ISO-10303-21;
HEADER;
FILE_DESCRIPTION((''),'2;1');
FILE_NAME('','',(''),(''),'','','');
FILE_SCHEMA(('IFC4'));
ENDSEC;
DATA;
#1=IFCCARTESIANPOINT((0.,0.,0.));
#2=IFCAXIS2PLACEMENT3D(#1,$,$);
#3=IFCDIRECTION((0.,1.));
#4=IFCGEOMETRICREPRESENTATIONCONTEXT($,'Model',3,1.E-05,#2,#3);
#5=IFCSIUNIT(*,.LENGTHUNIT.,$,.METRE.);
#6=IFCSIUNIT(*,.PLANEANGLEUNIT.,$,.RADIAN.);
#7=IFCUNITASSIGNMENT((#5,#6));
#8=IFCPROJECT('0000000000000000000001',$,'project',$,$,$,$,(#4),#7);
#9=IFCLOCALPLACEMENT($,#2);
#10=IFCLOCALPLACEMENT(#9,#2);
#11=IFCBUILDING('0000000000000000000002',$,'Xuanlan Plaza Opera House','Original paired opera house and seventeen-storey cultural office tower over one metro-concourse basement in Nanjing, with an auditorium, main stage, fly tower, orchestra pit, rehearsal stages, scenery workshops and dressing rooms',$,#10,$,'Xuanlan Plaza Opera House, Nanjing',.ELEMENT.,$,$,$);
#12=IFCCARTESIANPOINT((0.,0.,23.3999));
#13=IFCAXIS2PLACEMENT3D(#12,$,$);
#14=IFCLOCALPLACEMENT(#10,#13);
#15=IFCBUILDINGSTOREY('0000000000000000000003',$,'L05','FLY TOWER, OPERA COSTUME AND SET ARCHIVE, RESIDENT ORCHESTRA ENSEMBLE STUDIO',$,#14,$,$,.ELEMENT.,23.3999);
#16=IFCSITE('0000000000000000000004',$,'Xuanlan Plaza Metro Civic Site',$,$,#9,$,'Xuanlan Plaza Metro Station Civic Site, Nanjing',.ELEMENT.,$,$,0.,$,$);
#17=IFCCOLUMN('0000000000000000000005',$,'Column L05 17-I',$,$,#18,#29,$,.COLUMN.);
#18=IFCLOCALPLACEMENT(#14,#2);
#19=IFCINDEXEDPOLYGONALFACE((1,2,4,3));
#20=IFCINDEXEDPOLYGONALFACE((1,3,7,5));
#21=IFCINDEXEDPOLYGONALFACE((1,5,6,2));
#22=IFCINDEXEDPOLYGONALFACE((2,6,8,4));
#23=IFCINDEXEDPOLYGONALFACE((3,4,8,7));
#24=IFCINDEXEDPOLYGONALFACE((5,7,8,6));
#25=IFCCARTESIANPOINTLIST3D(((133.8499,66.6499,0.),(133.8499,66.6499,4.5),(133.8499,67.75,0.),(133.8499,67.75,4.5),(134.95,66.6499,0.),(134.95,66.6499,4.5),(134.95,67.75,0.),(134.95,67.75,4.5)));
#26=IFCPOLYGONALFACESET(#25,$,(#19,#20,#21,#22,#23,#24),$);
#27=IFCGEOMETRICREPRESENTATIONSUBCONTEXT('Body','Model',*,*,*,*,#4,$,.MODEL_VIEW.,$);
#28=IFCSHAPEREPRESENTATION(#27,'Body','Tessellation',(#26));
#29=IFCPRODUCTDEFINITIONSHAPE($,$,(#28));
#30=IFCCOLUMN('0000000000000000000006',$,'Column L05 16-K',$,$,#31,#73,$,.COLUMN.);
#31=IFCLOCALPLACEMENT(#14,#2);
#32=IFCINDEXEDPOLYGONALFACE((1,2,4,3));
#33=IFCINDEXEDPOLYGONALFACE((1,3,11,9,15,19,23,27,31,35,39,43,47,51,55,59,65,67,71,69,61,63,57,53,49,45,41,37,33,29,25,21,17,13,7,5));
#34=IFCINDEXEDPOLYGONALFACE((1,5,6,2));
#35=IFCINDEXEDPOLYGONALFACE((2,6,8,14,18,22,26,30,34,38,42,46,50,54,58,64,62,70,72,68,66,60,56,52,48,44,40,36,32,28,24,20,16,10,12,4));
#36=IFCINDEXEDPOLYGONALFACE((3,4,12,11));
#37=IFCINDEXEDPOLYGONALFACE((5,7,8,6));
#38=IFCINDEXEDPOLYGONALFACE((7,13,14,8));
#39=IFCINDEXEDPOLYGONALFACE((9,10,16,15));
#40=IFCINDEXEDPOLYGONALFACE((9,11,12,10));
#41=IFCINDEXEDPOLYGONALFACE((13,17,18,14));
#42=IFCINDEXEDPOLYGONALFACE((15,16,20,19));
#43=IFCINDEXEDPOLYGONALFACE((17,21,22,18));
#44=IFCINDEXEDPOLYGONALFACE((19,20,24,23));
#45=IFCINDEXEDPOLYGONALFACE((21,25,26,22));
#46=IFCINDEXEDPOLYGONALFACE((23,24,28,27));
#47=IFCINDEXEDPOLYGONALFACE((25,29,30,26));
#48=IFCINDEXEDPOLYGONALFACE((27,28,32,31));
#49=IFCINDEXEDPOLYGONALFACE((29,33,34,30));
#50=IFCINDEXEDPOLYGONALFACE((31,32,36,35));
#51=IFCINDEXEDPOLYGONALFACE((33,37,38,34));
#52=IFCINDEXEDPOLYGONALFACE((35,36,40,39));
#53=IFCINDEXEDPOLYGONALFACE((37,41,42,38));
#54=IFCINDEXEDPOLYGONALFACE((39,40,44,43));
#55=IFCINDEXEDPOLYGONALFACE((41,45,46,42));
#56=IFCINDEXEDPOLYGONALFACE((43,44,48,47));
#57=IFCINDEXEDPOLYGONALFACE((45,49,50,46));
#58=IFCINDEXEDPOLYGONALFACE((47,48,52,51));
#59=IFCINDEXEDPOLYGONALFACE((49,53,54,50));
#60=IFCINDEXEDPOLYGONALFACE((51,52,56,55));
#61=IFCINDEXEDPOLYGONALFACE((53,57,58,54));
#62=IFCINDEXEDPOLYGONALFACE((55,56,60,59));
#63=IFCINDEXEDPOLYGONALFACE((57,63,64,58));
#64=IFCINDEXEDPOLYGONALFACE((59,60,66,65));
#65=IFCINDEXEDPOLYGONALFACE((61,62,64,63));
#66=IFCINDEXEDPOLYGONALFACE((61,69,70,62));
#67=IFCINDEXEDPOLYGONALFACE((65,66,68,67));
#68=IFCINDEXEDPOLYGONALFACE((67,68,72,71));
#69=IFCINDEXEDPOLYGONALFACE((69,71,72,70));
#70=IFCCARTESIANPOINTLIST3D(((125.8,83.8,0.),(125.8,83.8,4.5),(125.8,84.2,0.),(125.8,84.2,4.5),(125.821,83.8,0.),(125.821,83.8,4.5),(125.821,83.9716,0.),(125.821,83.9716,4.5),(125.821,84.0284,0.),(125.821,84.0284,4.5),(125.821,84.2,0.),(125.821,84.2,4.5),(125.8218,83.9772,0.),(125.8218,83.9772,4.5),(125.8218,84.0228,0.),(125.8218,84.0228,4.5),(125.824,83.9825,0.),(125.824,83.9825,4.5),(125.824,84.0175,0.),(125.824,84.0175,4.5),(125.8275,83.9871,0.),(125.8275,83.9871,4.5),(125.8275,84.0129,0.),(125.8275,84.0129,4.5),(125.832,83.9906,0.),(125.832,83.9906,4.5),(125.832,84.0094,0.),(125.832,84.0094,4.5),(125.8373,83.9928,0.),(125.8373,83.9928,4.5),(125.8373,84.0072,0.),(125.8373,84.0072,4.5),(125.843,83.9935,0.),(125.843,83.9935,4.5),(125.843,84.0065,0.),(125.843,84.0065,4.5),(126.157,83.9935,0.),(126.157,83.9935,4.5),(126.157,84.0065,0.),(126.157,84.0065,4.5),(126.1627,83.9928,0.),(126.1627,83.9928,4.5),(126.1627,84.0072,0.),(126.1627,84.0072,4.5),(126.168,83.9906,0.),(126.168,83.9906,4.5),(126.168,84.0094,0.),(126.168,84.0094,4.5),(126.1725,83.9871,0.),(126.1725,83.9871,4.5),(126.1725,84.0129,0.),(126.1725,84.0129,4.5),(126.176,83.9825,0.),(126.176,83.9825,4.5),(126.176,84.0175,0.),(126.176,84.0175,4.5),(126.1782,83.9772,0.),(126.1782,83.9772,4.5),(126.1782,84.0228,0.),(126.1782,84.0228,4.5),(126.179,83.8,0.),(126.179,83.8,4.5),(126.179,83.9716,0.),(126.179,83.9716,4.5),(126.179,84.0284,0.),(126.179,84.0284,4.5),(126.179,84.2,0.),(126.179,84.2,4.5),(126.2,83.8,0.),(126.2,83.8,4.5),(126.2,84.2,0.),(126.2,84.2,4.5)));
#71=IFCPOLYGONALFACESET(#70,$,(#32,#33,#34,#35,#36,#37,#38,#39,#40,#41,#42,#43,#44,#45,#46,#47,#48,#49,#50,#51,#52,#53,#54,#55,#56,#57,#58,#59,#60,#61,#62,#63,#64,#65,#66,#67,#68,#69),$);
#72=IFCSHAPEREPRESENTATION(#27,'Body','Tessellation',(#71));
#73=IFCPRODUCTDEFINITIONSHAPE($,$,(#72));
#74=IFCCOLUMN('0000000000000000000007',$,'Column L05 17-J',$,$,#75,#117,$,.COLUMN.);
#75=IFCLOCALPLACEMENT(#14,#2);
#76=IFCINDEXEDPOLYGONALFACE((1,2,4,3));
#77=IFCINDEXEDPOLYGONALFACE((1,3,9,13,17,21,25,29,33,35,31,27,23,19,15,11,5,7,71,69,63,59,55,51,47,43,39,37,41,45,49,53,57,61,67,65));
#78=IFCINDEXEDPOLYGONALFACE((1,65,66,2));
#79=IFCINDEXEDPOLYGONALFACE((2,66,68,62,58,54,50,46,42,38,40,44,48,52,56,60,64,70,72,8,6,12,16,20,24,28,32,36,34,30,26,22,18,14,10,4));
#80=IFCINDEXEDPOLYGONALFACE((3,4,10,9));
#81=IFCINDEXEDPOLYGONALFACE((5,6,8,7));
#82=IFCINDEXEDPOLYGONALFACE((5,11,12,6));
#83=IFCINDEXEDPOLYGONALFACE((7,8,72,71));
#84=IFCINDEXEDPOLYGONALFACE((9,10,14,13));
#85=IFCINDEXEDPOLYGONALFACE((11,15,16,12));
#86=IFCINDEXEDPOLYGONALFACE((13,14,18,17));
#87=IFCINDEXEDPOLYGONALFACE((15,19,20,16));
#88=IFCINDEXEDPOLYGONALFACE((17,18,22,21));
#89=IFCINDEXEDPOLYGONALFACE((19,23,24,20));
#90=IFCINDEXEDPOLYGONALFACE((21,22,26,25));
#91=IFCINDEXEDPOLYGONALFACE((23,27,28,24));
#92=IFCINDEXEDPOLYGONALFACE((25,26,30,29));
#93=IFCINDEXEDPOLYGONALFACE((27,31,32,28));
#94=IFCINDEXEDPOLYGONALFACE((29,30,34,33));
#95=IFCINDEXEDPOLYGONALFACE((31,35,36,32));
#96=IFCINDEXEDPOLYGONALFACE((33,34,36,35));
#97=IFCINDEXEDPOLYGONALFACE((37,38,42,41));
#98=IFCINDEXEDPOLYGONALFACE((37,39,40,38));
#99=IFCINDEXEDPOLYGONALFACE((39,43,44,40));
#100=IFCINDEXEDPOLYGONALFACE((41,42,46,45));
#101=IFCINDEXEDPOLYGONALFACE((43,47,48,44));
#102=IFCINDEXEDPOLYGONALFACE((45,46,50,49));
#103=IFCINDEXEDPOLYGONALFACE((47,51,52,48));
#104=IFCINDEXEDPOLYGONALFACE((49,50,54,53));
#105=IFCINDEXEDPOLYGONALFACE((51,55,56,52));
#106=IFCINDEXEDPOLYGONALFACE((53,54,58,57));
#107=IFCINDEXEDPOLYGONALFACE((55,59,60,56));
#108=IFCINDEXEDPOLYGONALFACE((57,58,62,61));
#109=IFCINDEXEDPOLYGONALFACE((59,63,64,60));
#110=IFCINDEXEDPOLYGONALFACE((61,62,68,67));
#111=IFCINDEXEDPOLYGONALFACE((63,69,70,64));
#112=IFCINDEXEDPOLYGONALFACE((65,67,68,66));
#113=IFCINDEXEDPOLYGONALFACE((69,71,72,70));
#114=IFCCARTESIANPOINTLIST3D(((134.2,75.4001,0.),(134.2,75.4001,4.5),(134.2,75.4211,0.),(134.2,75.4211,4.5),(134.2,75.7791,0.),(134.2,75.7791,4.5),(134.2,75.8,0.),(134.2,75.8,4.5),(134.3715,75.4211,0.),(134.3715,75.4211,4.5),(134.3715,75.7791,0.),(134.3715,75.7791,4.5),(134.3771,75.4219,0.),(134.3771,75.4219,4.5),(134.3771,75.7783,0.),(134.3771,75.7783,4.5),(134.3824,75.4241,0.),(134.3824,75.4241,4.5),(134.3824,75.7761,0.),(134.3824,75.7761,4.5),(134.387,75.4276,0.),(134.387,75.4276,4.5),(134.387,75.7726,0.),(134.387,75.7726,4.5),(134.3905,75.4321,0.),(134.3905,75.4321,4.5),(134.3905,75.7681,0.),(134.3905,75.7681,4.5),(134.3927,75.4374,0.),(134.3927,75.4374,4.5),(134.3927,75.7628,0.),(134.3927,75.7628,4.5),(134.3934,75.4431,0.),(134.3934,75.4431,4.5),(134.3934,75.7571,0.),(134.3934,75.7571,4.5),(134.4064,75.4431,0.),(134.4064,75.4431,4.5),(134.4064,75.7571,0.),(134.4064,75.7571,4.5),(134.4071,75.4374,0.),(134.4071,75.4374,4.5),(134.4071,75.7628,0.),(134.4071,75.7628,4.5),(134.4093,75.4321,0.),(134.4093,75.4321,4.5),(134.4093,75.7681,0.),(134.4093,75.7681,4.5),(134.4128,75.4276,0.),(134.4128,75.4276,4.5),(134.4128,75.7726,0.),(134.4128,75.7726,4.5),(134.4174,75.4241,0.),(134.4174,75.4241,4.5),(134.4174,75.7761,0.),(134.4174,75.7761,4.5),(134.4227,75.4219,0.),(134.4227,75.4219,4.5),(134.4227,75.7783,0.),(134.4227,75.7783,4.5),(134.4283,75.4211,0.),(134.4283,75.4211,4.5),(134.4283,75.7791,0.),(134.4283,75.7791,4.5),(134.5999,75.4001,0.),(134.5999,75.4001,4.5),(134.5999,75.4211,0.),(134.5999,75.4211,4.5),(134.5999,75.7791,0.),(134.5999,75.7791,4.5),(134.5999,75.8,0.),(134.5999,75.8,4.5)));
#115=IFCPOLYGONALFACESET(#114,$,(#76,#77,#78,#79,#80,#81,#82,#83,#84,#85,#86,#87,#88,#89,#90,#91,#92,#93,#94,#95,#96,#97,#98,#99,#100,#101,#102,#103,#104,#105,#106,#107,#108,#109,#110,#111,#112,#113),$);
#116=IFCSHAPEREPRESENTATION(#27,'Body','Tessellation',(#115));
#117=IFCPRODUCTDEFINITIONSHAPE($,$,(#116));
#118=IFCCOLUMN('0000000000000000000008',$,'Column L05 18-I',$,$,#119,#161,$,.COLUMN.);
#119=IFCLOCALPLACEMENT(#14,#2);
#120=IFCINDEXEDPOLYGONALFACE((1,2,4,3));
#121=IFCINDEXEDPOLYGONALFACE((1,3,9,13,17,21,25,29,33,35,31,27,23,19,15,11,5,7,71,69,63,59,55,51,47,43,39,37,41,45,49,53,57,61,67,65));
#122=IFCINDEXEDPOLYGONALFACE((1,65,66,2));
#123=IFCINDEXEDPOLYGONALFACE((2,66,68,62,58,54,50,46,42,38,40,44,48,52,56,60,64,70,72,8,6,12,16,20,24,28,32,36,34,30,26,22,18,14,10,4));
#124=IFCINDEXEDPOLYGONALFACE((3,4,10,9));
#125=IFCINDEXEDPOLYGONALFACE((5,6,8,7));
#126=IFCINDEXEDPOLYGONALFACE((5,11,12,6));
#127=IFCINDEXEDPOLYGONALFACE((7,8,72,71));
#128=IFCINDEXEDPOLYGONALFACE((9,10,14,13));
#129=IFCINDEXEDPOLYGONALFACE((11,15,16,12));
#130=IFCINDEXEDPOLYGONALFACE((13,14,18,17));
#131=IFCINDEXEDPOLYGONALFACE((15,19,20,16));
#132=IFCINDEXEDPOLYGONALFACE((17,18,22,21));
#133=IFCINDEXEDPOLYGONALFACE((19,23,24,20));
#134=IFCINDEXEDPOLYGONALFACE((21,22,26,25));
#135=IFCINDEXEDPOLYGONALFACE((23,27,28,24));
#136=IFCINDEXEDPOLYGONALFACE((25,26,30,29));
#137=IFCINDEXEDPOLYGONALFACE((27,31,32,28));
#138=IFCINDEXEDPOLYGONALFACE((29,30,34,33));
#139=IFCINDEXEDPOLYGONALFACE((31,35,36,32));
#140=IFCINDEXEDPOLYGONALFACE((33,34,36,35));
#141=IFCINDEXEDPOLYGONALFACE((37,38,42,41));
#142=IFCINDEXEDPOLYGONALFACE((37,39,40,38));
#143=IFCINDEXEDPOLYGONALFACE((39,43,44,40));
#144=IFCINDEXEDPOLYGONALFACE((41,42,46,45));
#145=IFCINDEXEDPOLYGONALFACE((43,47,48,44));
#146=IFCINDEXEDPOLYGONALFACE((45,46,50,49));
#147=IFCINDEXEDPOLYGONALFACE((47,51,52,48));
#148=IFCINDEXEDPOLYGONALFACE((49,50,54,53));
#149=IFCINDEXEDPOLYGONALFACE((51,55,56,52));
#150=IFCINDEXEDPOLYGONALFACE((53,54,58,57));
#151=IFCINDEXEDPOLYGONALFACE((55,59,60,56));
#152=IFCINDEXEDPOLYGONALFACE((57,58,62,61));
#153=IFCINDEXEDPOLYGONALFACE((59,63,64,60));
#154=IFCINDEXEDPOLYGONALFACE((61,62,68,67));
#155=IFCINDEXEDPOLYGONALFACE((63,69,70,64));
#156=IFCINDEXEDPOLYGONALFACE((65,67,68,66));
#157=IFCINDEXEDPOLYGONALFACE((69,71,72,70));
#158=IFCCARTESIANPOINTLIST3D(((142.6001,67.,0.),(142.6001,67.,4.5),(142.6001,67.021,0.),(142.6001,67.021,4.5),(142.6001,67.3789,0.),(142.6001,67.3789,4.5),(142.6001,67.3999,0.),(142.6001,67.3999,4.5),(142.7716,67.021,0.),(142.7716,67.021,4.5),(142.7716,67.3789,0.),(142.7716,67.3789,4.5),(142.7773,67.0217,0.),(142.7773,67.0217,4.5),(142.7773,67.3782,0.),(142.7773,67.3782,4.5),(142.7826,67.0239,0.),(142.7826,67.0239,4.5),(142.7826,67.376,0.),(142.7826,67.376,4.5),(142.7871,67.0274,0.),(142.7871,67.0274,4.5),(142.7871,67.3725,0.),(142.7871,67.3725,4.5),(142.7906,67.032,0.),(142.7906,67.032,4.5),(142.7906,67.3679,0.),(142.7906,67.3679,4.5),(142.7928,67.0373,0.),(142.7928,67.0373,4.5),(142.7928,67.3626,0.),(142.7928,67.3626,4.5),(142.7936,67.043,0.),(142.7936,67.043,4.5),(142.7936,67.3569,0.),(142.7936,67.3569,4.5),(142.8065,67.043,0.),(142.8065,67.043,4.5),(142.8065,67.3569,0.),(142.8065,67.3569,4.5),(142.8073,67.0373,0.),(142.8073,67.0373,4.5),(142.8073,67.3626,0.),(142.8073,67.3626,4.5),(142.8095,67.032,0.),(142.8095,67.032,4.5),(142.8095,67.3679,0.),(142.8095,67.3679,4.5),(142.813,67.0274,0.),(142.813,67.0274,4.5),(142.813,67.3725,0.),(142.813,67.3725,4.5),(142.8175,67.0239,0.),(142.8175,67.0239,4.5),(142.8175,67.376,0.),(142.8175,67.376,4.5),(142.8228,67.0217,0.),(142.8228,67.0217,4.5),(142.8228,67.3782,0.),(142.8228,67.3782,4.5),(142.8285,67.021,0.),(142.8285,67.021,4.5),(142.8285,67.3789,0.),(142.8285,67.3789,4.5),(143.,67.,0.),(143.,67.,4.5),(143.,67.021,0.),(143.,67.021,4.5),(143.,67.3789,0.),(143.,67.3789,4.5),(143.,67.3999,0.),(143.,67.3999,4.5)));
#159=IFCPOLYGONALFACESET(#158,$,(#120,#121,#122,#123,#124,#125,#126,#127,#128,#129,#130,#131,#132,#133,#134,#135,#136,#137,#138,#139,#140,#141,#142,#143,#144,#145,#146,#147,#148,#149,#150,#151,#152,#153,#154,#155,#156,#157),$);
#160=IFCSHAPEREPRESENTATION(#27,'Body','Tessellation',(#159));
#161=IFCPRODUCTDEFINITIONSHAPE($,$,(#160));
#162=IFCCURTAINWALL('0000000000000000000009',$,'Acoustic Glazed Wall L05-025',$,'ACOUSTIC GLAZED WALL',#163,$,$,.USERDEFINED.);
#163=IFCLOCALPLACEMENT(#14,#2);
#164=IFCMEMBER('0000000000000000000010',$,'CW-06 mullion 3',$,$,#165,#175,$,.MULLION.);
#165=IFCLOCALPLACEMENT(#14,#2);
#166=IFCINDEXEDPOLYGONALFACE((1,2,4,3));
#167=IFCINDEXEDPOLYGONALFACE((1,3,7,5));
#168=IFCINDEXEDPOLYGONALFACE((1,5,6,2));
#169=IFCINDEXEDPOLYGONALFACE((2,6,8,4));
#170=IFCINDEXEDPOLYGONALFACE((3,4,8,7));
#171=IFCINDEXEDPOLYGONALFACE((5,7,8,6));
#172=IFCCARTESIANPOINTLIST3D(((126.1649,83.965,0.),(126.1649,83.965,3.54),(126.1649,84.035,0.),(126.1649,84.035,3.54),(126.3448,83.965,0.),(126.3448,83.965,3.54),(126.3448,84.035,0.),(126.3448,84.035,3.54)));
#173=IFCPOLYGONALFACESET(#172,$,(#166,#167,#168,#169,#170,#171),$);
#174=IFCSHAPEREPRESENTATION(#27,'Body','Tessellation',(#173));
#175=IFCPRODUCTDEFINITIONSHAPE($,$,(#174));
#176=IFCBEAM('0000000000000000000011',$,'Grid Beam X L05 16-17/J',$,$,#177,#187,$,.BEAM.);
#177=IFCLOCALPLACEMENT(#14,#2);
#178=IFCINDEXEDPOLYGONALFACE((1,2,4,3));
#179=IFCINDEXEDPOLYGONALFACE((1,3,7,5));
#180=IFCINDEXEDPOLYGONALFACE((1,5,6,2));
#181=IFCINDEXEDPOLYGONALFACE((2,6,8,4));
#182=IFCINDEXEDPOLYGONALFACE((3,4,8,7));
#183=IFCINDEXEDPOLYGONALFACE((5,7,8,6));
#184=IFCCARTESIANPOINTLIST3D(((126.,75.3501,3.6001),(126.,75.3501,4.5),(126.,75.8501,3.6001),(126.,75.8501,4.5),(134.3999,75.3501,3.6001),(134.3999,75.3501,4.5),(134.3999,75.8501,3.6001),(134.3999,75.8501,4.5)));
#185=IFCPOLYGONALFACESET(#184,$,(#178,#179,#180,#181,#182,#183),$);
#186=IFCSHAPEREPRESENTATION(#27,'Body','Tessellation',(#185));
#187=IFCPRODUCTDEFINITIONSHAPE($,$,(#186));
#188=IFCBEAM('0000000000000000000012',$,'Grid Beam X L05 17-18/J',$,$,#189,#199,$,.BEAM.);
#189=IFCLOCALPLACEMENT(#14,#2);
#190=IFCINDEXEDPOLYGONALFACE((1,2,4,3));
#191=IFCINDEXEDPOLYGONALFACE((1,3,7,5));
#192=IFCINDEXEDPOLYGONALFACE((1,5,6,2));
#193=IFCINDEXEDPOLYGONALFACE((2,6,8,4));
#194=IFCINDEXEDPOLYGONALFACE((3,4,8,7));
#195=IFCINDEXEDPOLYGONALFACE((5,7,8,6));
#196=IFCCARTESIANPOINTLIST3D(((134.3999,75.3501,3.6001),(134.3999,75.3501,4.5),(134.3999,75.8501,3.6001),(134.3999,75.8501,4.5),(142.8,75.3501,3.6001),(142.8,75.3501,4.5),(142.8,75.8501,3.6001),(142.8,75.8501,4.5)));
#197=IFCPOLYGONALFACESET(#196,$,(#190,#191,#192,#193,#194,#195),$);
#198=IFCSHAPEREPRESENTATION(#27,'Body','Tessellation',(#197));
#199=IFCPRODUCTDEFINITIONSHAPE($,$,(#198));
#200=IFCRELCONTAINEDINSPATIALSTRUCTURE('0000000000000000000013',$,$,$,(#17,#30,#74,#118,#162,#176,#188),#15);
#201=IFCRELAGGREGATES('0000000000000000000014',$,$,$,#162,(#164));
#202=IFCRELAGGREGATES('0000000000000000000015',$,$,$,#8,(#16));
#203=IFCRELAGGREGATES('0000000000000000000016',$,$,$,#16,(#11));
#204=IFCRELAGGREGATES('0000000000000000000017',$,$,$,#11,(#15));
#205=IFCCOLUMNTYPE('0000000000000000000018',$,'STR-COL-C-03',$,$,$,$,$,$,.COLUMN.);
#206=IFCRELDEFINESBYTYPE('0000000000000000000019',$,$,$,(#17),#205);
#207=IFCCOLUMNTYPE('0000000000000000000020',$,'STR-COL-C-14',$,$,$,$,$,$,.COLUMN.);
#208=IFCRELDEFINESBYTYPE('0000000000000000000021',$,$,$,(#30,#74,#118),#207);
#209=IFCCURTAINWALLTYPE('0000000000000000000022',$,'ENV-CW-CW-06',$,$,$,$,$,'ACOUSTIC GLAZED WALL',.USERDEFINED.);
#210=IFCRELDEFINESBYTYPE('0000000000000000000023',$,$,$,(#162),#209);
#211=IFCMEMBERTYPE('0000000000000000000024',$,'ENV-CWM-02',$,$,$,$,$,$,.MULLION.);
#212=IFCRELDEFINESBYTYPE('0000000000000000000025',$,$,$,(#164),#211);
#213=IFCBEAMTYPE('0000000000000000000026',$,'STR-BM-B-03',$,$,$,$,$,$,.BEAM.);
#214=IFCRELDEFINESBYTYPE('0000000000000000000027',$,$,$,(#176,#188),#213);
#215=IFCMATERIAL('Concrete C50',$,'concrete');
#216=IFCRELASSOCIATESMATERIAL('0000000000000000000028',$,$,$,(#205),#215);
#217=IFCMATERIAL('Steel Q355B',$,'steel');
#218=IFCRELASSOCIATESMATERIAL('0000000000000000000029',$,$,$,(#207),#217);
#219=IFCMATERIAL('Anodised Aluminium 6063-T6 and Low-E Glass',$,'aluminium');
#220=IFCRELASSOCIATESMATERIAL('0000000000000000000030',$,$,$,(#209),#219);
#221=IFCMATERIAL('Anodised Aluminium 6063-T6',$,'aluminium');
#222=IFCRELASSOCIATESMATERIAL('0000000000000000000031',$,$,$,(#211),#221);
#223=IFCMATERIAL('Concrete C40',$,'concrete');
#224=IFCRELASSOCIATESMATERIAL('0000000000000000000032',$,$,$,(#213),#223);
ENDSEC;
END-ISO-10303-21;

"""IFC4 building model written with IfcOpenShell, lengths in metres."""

from ifc_helpers import new_model, si_unit, direction, frame, origin, origin_2d, place, context, subcontext, project, spatial, rectangle, i_section, extrude, material, material_profile, profile_set, type_object, element, aggregate, save


model = new_model("IFC4")

# Units and contexts
model_context = context("Model", 3, precision=1e-05, world=origin(), true_north=direction((0.0, 1.0)))
body_context = subcontext(model_context, "Body", "Model", "MODEL_VIEW")
ifc_project = project(units=[si_unit("LENGTHUNIT", "METRE"), si_unit("PLANEANGLEUNIT", "RADIAN")], contexts=[model_context])

# Site, building, storey
site_placement = place(None, origin())
site = spatial("IfcSite", under=ifc_project, at=site_placement, Name="Xuanlan Plaza Metro Civic Site", LongName="Xuanlan Plaza Metro Station Civic Site, Nanjing", CompositionType="ELEMENT", RefElevation=0.0)
building_placement = place(site_placement, origin())
building = spatial("IfcBuilding", under=site, at=building_placement, Name="Xuanlan Plaza Opera House", Description="Original paired opera house and seventeen-storey cultural office tower over one metro-concourse basement in Nanjing, with an auditorium, main stage, fly tower, orchestra pit, rehearsal stages, scenery workshops and dressing rooms", LongName="Xuanlan Plaza Opera House, Nanjing", CompositionType="ELEMENT")
storey_placement = place(building_placement, frame((0.0, 0.0, 23.3999)))
storey = spatial("IfcBuildingStorey", under=building, at=storey_placement, Name="L05", Description="FLY TOWER, OPERA COSTUME AND SET ARCHIVE, RESIDENT ORCHESTRA ENSEMBLE STUDIO", CompositionType="ELEMENT", Elevation=23.3999)

# Columns
ifc_material_1 = material(Name="Concrete C50", Category="concrete")
ifc_material_profile_1 = material_profile(ifc_material_1, rectangle(XDim=1.1001, YDim=1.1001, at=origin_2d()), Name="RC-COL 1100x1100")
ifc_profile_set_1 = profile_set([ifc_material_profile_1], Name="Concrete C50")
column_type_1 = type_object("IfcColumnType", Name="STR-COL-C-03", PredefinedType="COLUMN", material=ifc_profile_set_1)
column_placement = place(storey_placement, frame((134.3999, 67.2, 0.0), z_axis=(0.0, 0.0, 1.0), x_axis=(1.0, 0.0, 0.0)))
element("IfcColumn", 1, at=column_placement, inside=storey, type_object=column_type_1, Name="Column L05 17-I", PredefinedType="COLUMN", context=body_context, shape_type="SweptSolid", body=[
    extrude(rectangle(XDim=1.1001, YDim=1.1001, at=origin_2d()), origin(), (0.0, 0.0, 1.0), 4.5),
])
ifc_material_2 = material(Name="Steel Q355B", Category="steel")
ifc_material_profile_2 = material_profile(ifc_material_2, i_section(OverallWidth=0.3999, OverallDepth=0.3999, WebThickness=0.0129, FlangeThickness=0.021, FilletRadius=0.022, at=origin_2d()), Name="HW 400x400x13x21")
ifc_profile_set_2 = profile_set([ifc_material_profile_2], Name="Steel Q355B")
column_type_2 = type_object("IfcColumnType", Name="STR-COL-C-14", PredefinedType="COLUMN", material=ifc_profile_set_2)
for number, where, z_axis, x_axis, name in (
    (2, (126.0, 84.0, 0.0), (0.0, 0.0, 1.0), (0.0, 1.0, 0.0), "Column L05 16-K"),
    (3, (134.3999, 75.6001, 0.0), (0.0, 0.0, 1.0), (1.0, 0.0, 0.0), "Column L05 17-J"),
    (4, (142.8, 67.2, 0.0), (0.0, 0.0, 1.0), (1.0, 0.0, 0.0), "Column L05 18-I"),
):
    element("IfcColumn", number, at=place(storey_placement, frame(where, z_axis=z_axis, x_axis=x_axis)), inside=storey, type_object=column_type_2, Name=name, PredefinedType="COLUMN", context=body_context, shape_type="SweptSolid", body=[
        extrude(i_section(OverallWidth=0.3999, OverallDepth=0.3999, WebThickness=0.0129, FlangeThickness=0.021, FilletRadius=0.022, at=origin_2d()), origin(), (0.0, 0.0, 1.0), 4.5),
    ])

# Curtain wall, member
ifc_material_3 = material(Name="Anodised Aluminium 6063-T6 and Low-E Glass", Category="aluminium")
curtain_wall_type = type_object("IfcCurtainWallType", Name="ENV-CW-CW-06", ElementType="ACOUSTIC GLAZED WALL", PredefinedType="USERDEFINED", material=ifc_material_3)
curtain_wall_placement = place(storey_placement, origin())
curtain_wall = element("IfcCurtainWall", 5, at=curtain_wall_placement, inside=storey, type_object=curtain_wall_type, Name="Acoustic Glazed Wall L05-025", ObjectType="ACOUSTIC GLAZED WALL", PredefinedType="USERDEFINED")
ifc_material_4 = material(Name="Anodised Aluminium 6063-T6", Category="aluminium")
ifc_material_profile_3 = material_profile(ifc_material_4, rectangle(XDim=0.0701, YDim=0.1799, at=origin_2d()), Name="ALU-M 70x180")
ifc_profile_set_3 = profile_set([ifc_material_profile_3], Name="Anodised Aluminium 6063-T6")
member_type = type_object("IfcMemberType", Name="ENV-CWM-02", PredefinedType="MULLION", material=ifc_profile_set_3)
member_placement = place(storey_placement, frame((126.2549, 84.0, 0.0), z_axis=(0.0, 0.0, 1.0), x_axis=(0.0, -1.0, 0.0)))
member = element("IfcMember", 6, at=member_placement, type_object=member_type, Name="CW-06 mullion 3", PredefinedType="MULLION", context=body_context, shape_type="SweptSolid", body=[
    extrude(rectangle(XDim=0.0701, YDim=0.1799, at=origin_2d()), origin(), (0.0, 0.0, 1.0), 3.54),
])

# Beams
ifc_material_5 = material(Name="Concrete C40", Category="concrete")
ifc_material_profile_4 = material_profile(ifc_material_5, rectangle(XDim=0.5, YDim=0.8999, at=origin_2d()), Name="RC-BM 500x900")
ifc_profile_set_4 = profile_set([ifc_material_profile_4], Name="Concrete C40")
beam_type_1 = type_object("IfcBeamType", Name="STR-BM-B-03", PredefinedType="BEAM", material=ifc_profile_set_4)
beam_1_placement = place(storey_placement, frame((126.0, 75.6001, 4.05), z_axis=(1.0, 0.0, 0.0), x_axis=(0.0, 1.0, 0.0)))
element("IfcBeam", 7, at=beam_1_placement, inside=storey, type_object=beam_type_1, Name="Grid Beam X L05 16-17/J", PredefinedType="BEAM", context=body_context, shape_type="SweptSolid", body=[
    extrude(rectangle(XDim=0.5, YDim=0.8999, at=origin_2d()), origin(), (0.0, 0.0, 1.0), 8.3999),
])
beam_2_placement = place(storey_placement, frame((134.3999, 75.6001, 4.05), z_axis=(1.0, 0.0, 0.0), x_axis=(0.0, 1.0, 0.0)))
element("IfcBeam", 8, at=beam_2_placement, inside=storey, type_object=beam_type_1, Name="Grid Beam X L05 17-18/J", PredefinedType="BEAM", context=body_context, shape_type="SweptSolid", body=[
    extrude(rectangle(XDim=0.5, YDim=0.8999, at=origin_2d()), origin(), (0.0, 0.0, 1.0), 8.4001),
])

aggregate(curtain_wall, [member])

save(model, "model.ifc")
